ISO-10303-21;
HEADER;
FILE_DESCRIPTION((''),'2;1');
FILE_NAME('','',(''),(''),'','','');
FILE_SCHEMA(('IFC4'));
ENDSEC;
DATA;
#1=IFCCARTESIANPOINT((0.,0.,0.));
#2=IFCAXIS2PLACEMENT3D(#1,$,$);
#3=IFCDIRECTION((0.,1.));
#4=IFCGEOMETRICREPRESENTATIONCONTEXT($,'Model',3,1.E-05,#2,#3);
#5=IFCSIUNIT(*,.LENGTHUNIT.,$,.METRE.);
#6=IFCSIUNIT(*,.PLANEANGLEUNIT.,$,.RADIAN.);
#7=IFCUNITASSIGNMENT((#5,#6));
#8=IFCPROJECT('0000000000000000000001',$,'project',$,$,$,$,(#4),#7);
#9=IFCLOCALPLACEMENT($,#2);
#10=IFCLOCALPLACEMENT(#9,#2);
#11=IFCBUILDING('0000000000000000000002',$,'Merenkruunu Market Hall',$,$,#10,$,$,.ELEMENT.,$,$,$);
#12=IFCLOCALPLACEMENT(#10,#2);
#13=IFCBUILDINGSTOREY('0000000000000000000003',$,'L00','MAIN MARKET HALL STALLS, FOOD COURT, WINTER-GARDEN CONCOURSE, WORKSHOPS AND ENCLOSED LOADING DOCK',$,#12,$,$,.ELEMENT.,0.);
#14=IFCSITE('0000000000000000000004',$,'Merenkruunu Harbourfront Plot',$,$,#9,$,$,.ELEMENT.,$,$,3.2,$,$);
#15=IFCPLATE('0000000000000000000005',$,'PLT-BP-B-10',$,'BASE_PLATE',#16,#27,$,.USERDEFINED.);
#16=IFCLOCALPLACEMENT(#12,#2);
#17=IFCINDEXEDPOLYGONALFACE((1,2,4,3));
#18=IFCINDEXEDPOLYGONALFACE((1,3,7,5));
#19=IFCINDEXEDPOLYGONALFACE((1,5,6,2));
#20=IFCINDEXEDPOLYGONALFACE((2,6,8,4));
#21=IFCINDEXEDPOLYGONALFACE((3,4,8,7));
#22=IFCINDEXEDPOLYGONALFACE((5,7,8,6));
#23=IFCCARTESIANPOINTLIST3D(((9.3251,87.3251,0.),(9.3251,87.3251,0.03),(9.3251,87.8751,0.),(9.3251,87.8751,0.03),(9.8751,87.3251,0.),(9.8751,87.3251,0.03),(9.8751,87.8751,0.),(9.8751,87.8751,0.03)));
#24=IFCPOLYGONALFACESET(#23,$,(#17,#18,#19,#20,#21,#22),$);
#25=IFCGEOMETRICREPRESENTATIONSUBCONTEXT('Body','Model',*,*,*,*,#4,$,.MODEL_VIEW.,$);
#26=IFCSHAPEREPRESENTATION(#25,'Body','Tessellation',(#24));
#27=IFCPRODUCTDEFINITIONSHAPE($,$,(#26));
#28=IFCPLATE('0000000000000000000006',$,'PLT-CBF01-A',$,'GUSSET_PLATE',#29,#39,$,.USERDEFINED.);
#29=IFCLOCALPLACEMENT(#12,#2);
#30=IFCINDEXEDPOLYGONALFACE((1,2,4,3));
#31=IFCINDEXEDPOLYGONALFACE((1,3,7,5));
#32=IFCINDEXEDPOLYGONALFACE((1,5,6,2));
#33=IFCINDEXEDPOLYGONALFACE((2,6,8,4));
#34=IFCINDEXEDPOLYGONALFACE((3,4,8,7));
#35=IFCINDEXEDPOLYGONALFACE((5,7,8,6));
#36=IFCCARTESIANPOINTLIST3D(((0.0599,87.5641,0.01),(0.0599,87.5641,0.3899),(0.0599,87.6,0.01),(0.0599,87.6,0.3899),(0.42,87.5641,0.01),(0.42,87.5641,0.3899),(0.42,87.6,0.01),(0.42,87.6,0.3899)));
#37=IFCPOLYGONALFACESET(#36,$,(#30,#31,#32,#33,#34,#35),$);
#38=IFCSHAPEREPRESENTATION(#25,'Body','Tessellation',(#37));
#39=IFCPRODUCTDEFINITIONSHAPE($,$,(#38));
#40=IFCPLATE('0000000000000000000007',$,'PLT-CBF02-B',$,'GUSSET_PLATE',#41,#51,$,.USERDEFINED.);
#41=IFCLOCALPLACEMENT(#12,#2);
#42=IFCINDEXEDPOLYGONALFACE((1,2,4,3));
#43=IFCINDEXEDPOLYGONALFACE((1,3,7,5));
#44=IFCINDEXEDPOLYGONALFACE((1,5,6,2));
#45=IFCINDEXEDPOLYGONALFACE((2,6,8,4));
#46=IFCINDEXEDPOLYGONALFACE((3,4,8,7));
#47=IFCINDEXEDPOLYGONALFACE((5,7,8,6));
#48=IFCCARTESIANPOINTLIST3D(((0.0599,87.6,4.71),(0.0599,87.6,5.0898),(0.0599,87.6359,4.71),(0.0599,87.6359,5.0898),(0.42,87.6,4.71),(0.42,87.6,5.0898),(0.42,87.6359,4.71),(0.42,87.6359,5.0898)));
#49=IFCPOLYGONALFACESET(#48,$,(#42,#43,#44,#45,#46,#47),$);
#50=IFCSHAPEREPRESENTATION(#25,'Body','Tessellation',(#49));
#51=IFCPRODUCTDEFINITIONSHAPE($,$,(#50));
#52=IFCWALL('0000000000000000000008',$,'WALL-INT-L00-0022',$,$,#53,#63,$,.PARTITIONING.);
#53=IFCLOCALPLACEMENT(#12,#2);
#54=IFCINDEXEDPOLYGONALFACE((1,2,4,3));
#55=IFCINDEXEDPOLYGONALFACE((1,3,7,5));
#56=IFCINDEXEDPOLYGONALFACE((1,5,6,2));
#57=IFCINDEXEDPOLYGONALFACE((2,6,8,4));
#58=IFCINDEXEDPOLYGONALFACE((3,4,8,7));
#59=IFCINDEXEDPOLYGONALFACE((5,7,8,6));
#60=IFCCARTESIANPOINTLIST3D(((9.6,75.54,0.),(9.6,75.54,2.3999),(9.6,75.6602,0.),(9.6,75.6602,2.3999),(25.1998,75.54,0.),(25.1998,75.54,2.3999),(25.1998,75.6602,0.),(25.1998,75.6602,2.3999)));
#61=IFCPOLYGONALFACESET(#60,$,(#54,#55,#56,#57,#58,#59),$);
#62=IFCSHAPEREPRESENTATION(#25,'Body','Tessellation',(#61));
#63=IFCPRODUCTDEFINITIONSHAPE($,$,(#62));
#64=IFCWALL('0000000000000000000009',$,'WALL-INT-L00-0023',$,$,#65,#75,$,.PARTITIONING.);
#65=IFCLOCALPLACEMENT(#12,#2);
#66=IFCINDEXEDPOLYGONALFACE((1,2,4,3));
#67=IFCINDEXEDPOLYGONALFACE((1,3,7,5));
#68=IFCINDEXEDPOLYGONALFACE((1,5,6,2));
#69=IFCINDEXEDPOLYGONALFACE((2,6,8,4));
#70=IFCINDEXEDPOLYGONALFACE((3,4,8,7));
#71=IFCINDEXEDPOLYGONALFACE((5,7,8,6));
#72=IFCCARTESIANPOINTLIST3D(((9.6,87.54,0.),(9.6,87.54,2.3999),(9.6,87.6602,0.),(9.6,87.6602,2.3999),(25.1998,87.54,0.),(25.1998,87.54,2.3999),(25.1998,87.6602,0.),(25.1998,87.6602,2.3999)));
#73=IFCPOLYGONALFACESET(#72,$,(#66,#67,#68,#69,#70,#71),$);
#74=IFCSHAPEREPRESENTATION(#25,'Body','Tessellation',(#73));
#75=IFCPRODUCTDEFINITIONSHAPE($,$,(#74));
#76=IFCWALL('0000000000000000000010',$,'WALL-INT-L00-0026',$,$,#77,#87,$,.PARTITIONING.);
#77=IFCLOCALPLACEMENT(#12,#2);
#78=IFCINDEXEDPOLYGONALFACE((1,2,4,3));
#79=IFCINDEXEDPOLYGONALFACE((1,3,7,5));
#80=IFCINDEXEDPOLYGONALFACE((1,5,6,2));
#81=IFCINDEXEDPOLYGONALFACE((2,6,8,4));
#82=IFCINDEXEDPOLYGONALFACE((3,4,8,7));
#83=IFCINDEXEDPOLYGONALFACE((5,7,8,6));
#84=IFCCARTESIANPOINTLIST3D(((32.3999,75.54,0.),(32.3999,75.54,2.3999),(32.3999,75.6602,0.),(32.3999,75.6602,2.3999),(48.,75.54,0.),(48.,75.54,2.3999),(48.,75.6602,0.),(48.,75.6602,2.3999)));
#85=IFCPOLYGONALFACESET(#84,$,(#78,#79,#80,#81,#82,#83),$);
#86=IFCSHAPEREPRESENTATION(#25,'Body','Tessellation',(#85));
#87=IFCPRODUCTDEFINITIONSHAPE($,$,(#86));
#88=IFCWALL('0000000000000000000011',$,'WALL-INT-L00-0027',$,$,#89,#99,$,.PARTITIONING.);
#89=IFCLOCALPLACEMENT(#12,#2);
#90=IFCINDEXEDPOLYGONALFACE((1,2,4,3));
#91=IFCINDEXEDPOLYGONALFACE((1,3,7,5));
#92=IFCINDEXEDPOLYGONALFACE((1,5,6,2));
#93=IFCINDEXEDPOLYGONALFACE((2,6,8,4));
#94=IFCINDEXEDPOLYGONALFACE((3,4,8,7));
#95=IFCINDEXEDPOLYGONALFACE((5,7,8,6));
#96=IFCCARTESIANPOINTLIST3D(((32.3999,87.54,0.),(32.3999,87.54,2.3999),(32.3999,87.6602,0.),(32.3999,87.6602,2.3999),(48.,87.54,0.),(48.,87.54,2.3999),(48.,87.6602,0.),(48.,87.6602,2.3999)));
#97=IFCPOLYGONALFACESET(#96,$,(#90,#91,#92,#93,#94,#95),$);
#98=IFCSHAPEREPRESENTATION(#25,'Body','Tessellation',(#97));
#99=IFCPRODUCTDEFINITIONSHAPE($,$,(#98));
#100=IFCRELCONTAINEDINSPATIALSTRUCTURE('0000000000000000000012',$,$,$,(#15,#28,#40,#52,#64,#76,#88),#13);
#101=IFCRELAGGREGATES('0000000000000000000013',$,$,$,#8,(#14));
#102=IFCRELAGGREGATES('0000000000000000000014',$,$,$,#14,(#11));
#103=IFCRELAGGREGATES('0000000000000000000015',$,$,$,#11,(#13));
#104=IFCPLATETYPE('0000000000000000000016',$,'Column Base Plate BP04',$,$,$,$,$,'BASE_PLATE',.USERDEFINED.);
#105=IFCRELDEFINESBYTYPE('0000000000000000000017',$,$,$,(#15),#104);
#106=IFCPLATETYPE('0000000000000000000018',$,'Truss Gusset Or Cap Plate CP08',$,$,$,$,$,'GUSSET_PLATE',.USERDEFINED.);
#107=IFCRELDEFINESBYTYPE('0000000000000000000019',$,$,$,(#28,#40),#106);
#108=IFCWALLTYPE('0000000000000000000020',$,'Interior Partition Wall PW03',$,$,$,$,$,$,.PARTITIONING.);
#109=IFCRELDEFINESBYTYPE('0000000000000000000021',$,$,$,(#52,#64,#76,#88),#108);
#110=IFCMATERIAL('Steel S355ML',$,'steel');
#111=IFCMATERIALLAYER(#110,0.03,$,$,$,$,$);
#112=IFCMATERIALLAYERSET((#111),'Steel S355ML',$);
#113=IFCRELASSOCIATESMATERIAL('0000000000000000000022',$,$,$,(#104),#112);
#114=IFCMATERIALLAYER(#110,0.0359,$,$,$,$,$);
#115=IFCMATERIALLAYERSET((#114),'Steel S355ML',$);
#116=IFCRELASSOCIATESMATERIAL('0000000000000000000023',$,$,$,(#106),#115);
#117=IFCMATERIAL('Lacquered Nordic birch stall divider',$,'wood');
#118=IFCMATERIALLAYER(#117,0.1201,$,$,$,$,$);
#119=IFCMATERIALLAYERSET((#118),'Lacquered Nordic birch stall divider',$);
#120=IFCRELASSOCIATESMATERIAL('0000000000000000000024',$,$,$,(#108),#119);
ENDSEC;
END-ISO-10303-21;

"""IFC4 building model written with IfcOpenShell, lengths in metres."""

from ifc_helpers import new_model, si_unit, direction, frame, frame_2d, origin, origin_2d, place, context, subcontext, project, spatial, rectangle, extrude, material, layer, layer_set, type_object, element, save


model = new_model("IFC4")

# Units and contexts
model_context = context("Model", 3, precision=1e-05, world=origin(), true_north=direction((0.0, 1.0)))
body_context = subcontext(model_context, "Body", "Model", "MODEL_VIEW")
ifc_project = project(units=[si_unit("LENGTHUNIT", "METRE"), si_unit("PLANEANGLEUNIT", "RADIAN")], contexts=[model_context])

# Site, building, storey
site_placement = place(None, origin())
site = spatial("IfcSite", under=ifc_project, at=site_placement, Name="Merenkruunu Harbourfront Plot", CompositionType="ELEMENT", RefElevation=3.2)
building_placement = place(site_placement, origin())
building = spatial("IfcBuilding", under=site, at=building_placement, Name="Merenkruunu Market Hall", CompositionType="ELEMENT")
storey_placement = place(building_placement, origin())
storey = spatial("IfcBuildingStorey", under=building, at=storey_placement, Name="L00", Description="MAIN MARKET HALL STALLS, FOOD COURT, WINTER-GARDEN CONCOURSE, WORKSHOPS AND ENCLOSED LOADING DOCK", CompositionType="ELEMENT", Elevation=0.0)

# Shared definitions
ifc_material_1 = material(Name="Steel S355ML", Category="steel")

# Plates
ifc_layer_1 = layer(ifc_material_1, 0.03)
ifc_layer_set_1 = layer_set([ifc_layer_1], Name="Steel S355ML")
plate_type_1 = type_object("IfcPlateType", Name="Column Base Plate BP04", ElementType="BASE_PLATE", PredefinedType="USERDEFINED", material=ifc_layer_set_1)
plate_1_placement = place(storey_placement, frame((9.6001, 87.6001, 0.0), z_axis=(0.0, 0.0, 1.0), x_axis=(1.0, 0.0, 0.0)))
element("IfcPlate", 1, at=plate_1_placement, inside=storey, type_object=plate_type_1, Name="PLT-BP-B-10", ObjectType="BASE_PLATE", PredefinedType="USERDEFINED", context=body_context, shape_type="SweptSolid", body=[
    extrude(rectangle(XDim=0.55, YDim=0.55, at=origin_2d()), origin(), (0.0, 0.0, 1.0), 0.03),
])
ifc_layer_2 = layer(ifc_material_1, 0.0359)
ifc_layer_set_2 = layer_set([ifc_layer_2], Name="Steel S355ML")
plate_type_2 = type_object("IfcPlateType", Name="Truss Gusset Or Cap Plate CP08", ElementType="GUSSET_PLATE", PredefinedType="USERDEFINED", material=ifc_layer_set_2)
for number, where, z_axis, x_axis, name in (
    (2, (0.24, 87.582, 0.01), (0.0, 0.0, 1.0), (1.0, 0.0, 0.0), "PLT-CBF01-A"),
    (3, (0.24, 87.6179, 4.71), (0.0, 0.0, 1.0), (1.0, 0.0, 0.0), "PLT-CBF02-B"),
):
    element("IfcPlate", number, at=place(storey_placement, frame(where, z_axis=z_axis, x_axis=x_axis)), inside=storey, type_object=plate_type_2, Name=name, ObjectType="GUSSET_PLATE", PredefinedType="USERDEFINED", context=body_context, shape_type="SweptSolid", body=[
        extrude(rectangle(XDim=0.3601, YDim=0.0359, at=origin_2d()), origin(), (0.0, 0.0, 1.0), 0.3799),
    ])

# Walls
ifc_material_2 = material(Name="Lacquered Nordic birch stall divider", Category="wood")
ifc_layer_3 = layer(ifc_material_2, 0.1201)
ifc_layer_set_3 = layer_set([ifc_layer_3], Name="Lacquered Nordic birch stall divider")
wall_type = type_object("IfcWallType", Name="Interior Partition Wall PW03", PredefinedType="PARTITIONING", material=ifc_layer_set_3)
for number, where, z_axis, x_axis, name in (
    (4, (9.6001, 75.6001, 0.0), (0.0, 0.0, 1.0), (1.0, 0.0, 0.0), "WALL-INT-L00-0022"),
    (5, (9.6001, 87.6001, 0.0), (0.0, 0.0, 1.0), (1.0, 0.0, 0.0), "WALL-INT-L00-0023"),
):
    element("IfcWall", number, at=place(storey_placement, frame(where, z_axis=z_axis, x_axis=x_axis)), inside=storey, type_object=wall_type, Name=name, PredefinedType="PARTITIONING", context=body_context, shape_type="SweptSolid", body=[
        extrude(rectangle(XDim=15.5999, YDim=0.1201, at=frame_2d((7.7998, 0.0))), origin(), (0.0, 0.0, 1.0), 2.3999),
    ])
for number, where, z_axis, x_axis, name in (
    (6, (32.3999, 75.6001, 0.0), (0.0, 0.0, 1.0), (1.0, 0.0, 0.0), "WALL-INT-L00-0026"),
    (7, (32.3999, 87.6001, 0.0), (0.0, 0.0, 1.0), (1.0, 0.0, 0.0), "WALL-INT-L00-0027"),
):
    element("IfcWall", number, at=place(storey_placement, frame(where, z_axis=z_axis, x_axis=x_axis)), inside=storey, type_object=wall_type, Name=name, PredefinedType="PARTITIONING", context=body_context, shape_type="SweptSolid", body=[
        extrude(rectangle(XDim=15.6001, YDim=0.1201, at=frame_2d((7.8, 0.0))), origin(), (0.0, 0.0, 1.0), 2.3999),
    ])

save(model, "model.ifc")
